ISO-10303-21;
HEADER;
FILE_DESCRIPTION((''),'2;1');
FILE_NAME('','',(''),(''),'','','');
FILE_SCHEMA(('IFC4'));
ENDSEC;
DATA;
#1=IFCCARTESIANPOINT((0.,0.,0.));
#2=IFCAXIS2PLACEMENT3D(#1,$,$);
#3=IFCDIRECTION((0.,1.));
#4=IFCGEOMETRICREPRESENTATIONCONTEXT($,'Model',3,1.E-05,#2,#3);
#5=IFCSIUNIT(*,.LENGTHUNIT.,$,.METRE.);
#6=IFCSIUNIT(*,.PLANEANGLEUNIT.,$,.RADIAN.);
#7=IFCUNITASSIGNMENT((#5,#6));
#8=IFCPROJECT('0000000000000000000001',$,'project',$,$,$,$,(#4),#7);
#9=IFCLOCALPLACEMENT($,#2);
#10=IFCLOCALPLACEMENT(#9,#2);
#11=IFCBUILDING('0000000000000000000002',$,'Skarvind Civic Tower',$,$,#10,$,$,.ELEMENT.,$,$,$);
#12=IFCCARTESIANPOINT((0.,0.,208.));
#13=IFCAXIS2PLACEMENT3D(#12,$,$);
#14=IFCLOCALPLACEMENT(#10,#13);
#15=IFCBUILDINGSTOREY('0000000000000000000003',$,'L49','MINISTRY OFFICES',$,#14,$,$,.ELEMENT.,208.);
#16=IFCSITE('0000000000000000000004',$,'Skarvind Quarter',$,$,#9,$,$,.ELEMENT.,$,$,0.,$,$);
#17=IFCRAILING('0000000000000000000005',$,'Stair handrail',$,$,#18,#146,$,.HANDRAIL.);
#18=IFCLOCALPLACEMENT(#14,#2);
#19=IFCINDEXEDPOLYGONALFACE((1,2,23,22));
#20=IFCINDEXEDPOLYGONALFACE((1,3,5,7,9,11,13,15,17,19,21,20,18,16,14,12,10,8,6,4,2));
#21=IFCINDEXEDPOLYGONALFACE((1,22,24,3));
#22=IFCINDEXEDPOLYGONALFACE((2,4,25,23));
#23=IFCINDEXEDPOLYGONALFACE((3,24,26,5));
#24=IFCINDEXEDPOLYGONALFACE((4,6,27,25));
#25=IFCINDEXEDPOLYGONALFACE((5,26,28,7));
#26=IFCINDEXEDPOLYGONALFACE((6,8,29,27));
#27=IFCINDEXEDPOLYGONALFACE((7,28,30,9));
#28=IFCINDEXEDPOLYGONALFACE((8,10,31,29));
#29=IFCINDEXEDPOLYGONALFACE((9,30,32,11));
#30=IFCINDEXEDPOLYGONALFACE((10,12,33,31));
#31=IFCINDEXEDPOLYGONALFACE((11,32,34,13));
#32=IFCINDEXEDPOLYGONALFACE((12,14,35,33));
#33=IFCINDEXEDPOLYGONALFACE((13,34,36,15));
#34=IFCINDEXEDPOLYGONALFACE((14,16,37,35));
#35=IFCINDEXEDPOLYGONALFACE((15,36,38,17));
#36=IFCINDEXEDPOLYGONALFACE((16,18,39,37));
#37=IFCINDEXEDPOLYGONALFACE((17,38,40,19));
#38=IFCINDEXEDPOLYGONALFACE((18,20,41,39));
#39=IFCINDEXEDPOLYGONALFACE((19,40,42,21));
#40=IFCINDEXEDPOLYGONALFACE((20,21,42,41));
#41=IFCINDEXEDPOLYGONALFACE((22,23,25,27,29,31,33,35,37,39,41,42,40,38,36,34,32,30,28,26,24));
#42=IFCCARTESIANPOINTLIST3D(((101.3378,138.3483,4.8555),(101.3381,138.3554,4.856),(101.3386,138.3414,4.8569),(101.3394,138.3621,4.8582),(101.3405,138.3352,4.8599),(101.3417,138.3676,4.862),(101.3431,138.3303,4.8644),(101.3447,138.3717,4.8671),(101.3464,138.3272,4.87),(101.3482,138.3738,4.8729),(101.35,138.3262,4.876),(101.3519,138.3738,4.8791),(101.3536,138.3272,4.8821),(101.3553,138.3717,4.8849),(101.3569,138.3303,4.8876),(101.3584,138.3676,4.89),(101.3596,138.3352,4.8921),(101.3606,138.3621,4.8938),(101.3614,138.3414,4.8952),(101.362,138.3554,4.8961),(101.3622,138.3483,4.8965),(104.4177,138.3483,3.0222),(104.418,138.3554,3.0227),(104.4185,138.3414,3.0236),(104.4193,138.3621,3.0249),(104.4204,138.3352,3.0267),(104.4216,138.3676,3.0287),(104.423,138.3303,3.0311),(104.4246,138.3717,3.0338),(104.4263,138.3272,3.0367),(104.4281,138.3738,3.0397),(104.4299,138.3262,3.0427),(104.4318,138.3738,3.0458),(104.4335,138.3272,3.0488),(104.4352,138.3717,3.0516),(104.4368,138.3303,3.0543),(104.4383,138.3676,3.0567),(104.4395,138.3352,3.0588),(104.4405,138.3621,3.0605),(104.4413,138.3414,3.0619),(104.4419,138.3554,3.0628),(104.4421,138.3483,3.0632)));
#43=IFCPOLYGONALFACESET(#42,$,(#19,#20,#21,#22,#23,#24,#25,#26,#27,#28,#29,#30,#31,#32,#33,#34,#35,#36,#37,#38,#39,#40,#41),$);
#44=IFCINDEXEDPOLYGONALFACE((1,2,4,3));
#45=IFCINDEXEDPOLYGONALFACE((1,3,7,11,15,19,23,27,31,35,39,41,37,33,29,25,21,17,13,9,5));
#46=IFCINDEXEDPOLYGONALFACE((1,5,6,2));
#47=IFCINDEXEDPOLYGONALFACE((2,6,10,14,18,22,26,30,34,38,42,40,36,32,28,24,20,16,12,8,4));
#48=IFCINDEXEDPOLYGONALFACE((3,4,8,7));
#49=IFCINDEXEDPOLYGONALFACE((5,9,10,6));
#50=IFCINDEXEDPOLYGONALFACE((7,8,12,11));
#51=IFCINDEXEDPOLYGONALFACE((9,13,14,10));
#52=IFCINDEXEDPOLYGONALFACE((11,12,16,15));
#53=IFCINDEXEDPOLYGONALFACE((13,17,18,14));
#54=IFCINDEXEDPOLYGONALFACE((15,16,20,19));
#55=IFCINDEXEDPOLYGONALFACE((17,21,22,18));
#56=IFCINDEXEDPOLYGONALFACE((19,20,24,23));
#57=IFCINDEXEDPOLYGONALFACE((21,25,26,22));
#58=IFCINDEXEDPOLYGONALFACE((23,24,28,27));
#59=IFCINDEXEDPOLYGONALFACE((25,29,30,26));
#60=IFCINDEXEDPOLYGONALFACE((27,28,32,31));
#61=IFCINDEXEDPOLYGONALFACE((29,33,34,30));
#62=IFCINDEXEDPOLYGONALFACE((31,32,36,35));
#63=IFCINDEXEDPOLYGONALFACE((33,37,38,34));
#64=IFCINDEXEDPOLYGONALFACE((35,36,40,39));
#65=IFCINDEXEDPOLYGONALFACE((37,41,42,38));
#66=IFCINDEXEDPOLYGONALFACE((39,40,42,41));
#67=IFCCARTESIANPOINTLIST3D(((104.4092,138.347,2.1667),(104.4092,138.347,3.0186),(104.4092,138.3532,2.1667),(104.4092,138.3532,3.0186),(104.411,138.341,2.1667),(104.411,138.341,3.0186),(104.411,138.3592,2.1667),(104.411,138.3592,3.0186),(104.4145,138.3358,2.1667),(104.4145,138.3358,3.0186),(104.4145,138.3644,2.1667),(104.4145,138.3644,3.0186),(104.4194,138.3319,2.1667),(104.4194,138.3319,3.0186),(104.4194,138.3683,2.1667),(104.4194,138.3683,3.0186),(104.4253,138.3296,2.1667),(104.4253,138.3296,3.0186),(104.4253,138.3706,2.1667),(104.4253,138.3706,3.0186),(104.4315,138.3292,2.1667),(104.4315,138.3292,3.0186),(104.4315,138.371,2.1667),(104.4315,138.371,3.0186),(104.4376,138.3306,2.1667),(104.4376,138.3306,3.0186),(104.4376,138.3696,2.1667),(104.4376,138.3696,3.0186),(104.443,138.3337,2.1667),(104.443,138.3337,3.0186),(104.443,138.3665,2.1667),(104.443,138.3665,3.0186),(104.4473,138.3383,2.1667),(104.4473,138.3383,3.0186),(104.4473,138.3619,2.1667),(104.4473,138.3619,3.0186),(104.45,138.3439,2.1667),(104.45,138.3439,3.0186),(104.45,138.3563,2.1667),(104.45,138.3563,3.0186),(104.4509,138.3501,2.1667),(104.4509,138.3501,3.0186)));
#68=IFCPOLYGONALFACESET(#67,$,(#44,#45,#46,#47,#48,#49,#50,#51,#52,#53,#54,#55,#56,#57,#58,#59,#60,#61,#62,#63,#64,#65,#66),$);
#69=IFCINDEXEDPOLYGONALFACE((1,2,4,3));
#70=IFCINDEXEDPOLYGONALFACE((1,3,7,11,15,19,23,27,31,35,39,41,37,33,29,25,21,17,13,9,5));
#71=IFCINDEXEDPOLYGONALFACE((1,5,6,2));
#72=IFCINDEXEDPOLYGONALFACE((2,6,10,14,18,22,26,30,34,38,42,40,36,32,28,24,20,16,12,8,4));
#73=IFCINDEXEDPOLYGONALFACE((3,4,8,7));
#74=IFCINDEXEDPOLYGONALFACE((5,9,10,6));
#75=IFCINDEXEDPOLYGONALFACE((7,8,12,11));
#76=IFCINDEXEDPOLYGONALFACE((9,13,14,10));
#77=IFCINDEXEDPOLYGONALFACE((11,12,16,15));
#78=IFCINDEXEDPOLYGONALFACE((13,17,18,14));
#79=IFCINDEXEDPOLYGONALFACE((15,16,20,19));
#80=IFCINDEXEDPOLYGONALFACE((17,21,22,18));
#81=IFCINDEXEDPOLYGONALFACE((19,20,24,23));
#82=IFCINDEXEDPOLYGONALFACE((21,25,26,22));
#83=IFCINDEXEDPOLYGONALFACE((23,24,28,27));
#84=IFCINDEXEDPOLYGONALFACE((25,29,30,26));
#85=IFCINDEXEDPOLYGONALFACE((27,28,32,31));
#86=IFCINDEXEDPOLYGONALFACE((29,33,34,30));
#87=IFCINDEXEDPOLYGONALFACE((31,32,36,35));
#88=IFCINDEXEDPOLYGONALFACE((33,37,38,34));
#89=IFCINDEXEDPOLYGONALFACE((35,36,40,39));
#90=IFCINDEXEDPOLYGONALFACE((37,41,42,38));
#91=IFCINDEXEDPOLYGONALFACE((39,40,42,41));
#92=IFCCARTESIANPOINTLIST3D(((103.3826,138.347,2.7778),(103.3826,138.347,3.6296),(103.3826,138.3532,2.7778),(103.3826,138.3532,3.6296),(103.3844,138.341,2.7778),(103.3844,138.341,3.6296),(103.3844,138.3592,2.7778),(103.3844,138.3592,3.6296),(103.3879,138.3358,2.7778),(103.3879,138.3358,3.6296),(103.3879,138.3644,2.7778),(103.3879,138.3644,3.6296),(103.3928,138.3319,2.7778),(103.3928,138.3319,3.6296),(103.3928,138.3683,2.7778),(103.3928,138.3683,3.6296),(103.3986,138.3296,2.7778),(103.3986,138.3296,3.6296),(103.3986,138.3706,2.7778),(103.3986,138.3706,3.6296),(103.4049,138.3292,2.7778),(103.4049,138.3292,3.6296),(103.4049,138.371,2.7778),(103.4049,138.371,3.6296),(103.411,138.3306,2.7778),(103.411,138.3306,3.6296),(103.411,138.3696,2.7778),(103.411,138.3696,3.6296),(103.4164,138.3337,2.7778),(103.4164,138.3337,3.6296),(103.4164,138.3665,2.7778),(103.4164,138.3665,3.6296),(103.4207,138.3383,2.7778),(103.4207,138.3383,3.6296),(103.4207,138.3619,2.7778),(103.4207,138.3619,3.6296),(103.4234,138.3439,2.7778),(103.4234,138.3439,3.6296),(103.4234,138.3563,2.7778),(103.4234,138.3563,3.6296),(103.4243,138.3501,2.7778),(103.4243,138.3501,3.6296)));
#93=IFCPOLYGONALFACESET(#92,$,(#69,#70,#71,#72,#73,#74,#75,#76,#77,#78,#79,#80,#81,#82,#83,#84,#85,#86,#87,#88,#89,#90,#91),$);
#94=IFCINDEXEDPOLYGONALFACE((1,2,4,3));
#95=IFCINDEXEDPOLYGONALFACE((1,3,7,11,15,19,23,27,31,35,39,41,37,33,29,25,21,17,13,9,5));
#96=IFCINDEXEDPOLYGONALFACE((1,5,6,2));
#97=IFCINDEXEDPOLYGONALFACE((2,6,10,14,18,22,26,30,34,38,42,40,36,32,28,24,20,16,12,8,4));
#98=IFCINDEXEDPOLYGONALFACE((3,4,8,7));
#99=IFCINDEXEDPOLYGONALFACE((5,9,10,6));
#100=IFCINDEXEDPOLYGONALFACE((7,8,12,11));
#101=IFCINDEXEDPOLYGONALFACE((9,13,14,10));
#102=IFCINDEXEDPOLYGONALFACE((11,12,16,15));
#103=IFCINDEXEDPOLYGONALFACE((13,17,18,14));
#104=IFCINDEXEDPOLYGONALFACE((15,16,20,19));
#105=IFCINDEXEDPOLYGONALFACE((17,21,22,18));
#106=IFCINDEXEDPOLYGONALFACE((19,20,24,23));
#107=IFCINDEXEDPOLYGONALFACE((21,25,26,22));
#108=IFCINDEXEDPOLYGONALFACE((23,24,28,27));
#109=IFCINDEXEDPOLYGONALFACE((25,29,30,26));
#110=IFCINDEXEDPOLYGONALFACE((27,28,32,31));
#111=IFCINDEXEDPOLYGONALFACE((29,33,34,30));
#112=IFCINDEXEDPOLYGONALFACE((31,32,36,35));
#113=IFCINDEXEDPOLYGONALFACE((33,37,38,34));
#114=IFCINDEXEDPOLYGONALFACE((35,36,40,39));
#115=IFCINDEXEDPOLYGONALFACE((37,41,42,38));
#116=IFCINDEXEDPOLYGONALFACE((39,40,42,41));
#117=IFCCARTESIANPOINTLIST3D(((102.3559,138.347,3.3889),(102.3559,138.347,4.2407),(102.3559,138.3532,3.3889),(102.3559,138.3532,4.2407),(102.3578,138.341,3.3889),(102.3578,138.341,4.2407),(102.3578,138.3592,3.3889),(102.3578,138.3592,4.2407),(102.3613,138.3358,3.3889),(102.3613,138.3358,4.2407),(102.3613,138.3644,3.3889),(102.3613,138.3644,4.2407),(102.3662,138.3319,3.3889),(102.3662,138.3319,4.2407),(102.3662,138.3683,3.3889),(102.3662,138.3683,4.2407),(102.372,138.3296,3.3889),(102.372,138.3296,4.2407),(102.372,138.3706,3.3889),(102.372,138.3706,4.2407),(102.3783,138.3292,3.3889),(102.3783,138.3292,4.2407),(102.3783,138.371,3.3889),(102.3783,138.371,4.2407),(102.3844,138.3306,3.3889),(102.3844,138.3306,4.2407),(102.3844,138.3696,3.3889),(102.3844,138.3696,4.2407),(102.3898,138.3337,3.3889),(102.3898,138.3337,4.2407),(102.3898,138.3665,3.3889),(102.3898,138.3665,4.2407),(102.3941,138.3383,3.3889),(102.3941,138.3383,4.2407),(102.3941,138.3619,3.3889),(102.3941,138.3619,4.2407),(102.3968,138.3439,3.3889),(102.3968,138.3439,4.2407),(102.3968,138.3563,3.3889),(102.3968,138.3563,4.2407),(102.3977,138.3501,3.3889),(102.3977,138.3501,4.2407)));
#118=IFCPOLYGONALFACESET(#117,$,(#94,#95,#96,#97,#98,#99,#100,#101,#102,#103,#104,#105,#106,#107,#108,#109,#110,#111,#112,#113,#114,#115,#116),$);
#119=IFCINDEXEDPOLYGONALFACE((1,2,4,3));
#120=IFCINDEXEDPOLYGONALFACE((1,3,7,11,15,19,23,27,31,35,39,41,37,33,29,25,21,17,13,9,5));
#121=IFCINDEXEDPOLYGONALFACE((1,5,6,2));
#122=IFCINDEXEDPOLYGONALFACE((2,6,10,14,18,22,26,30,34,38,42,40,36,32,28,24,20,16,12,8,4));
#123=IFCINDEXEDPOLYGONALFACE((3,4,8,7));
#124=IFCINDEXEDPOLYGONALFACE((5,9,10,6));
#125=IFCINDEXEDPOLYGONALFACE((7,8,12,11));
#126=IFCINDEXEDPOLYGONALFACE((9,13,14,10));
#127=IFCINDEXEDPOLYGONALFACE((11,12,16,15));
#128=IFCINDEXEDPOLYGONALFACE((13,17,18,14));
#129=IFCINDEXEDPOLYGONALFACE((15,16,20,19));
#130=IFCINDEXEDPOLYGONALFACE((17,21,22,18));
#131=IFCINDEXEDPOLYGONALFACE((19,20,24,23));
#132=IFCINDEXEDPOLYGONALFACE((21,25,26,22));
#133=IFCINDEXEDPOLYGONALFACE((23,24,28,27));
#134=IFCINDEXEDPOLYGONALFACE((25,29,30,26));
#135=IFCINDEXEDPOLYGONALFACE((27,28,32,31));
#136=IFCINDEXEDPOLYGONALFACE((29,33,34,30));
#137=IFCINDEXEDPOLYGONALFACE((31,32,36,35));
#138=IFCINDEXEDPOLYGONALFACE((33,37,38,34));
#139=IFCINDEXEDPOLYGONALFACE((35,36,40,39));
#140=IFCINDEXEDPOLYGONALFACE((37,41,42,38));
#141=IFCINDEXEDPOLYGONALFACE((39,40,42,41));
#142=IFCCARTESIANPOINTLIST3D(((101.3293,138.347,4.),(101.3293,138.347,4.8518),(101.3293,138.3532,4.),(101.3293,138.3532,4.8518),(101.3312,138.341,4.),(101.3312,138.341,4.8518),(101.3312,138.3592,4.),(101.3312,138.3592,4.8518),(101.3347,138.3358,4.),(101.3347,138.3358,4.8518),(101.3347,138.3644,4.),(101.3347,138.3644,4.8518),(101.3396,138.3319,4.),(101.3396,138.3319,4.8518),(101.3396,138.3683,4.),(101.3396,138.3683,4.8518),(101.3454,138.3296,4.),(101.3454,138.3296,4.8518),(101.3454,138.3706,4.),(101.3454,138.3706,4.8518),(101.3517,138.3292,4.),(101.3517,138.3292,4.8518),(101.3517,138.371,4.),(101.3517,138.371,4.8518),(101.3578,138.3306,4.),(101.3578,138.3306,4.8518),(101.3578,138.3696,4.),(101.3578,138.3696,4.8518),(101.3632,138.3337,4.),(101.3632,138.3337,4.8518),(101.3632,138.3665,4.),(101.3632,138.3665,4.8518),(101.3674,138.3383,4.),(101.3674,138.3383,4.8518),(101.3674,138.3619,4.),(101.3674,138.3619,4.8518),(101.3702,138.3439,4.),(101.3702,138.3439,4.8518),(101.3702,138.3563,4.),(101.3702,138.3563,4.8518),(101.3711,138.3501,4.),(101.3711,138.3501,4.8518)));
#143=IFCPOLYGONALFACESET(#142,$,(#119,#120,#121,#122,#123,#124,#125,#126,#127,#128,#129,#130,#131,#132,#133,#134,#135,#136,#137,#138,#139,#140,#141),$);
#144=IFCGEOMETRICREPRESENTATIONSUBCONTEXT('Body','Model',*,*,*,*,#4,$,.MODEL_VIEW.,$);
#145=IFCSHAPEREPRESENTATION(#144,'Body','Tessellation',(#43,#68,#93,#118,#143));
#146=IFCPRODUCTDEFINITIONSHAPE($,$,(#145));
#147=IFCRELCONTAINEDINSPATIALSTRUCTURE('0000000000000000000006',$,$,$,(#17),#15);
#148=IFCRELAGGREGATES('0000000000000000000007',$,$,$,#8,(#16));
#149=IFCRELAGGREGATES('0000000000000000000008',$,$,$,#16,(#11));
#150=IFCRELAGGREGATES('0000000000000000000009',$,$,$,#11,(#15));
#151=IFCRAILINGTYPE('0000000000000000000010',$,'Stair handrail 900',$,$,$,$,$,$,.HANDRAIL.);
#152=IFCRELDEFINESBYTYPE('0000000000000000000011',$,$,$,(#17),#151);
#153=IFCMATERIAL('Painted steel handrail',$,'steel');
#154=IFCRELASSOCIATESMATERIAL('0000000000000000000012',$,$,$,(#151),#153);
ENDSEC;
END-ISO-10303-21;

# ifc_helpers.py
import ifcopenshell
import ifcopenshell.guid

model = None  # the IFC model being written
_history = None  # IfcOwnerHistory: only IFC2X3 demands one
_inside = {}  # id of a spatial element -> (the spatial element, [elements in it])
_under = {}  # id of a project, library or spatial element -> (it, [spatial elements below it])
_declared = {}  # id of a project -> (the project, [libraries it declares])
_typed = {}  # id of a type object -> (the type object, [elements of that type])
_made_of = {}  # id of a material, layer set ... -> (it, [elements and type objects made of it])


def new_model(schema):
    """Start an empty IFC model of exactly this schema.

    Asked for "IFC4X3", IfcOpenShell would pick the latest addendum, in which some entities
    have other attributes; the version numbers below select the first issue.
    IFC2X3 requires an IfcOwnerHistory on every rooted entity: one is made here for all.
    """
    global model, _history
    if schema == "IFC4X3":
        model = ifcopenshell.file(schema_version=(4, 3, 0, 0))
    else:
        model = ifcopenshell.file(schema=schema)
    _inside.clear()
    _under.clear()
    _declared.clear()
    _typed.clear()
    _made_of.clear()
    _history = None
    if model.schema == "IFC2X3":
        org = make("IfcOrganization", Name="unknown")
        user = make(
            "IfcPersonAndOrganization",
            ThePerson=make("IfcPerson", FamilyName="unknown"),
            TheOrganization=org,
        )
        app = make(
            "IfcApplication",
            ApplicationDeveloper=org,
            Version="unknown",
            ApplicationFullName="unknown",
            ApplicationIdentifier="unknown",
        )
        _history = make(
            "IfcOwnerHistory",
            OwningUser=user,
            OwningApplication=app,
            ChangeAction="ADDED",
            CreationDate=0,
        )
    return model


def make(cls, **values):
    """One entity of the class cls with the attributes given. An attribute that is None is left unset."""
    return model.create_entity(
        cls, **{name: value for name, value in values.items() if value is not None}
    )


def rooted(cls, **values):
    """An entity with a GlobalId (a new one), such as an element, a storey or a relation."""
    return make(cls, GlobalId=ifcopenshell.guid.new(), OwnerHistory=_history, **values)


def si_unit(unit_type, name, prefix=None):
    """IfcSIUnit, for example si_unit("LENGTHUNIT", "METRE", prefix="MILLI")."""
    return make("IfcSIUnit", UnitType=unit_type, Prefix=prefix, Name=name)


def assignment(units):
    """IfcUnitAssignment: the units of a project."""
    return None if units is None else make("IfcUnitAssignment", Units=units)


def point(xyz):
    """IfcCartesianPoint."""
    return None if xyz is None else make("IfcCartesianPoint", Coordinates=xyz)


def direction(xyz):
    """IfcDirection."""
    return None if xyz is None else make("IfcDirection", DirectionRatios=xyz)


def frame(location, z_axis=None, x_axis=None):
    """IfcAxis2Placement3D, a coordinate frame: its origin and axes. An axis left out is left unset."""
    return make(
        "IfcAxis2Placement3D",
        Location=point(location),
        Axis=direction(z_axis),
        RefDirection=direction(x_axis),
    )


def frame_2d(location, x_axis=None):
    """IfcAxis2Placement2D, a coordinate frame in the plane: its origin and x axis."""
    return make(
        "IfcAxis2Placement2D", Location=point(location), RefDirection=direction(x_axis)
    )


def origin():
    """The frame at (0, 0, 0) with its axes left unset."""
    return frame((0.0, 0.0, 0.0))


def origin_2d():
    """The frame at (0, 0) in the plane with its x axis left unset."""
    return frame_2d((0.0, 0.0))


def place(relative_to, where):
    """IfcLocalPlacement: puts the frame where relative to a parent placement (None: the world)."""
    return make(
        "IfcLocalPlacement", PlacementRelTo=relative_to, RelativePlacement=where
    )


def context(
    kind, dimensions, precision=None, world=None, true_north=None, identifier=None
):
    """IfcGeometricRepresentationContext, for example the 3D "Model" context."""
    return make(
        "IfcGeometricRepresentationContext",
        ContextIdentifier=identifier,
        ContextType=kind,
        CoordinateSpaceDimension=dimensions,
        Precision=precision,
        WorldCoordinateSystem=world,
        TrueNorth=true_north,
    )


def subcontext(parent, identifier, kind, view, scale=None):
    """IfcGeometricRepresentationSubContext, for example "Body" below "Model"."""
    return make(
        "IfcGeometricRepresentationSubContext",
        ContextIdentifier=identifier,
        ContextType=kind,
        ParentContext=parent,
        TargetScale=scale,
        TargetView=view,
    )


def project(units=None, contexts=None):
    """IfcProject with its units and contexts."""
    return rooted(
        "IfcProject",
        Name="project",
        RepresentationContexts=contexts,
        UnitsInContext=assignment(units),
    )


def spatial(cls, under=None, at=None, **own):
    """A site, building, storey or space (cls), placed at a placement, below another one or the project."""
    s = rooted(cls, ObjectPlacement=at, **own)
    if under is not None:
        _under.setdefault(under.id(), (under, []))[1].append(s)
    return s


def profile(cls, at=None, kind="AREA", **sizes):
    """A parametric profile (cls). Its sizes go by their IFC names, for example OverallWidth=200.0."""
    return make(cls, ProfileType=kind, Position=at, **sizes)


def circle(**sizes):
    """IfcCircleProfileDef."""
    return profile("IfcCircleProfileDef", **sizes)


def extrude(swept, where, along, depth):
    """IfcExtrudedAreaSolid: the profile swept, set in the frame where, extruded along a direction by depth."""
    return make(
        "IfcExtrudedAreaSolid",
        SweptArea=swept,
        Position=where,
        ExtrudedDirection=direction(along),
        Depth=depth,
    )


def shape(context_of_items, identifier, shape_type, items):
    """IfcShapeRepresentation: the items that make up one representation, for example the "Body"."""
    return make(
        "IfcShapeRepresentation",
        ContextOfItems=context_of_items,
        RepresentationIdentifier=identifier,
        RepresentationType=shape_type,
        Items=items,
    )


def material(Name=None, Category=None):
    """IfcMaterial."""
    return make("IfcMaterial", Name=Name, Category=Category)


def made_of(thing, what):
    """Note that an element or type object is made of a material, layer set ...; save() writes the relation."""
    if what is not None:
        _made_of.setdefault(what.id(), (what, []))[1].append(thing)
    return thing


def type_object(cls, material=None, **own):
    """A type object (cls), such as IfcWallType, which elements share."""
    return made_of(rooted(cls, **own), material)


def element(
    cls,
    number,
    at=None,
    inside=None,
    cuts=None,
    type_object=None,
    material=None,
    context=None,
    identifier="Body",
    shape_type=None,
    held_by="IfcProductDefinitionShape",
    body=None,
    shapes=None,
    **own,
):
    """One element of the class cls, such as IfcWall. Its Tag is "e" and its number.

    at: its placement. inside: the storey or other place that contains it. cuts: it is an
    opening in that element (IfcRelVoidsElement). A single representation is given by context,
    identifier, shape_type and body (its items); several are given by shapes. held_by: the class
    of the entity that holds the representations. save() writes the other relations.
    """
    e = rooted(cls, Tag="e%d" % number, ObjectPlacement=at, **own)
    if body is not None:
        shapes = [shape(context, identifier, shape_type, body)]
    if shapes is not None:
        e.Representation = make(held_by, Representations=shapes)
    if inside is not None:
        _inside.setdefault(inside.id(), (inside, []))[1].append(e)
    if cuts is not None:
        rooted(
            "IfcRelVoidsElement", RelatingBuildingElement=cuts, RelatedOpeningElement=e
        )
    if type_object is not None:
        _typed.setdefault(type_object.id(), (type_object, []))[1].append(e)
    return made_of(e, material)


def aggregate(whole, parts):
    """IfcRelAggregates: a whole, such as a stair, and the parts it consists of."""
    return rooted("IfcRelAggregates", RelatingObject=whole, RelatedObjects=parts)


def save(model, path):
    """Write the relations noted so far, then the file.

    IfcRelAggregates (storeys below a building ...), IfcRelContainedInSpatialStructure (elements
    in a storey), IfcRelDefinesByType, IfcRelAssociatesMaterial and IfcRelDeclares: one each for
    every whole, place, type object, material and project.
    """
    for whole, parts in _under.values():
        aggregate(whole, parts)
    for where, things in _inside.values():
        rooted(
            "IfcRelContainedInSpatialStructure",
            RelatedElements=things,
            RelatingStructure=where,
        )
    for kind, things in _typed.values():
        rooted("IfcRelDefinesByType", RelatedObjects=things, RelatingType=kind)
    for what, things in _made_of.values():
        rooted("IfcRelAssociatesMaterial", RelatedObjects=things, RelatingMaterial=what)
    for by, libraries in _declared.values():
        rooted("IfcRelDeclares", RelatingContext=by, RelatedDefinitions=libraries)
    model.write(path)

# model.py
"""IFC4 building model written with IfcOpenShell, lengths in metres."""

from ifc_helpers import new_model, si_unit, direction, frame, origin, origin_2d, place, context, subcontext, project, spatial, circle, extrude, material, type_object, element, save


model = new_model("IFC4")

# Units and contexts
model_context = context("Model", 3, precision=1e-05, world=origin(), true_north=direction((0.0, 1.0)))
body_context = subcontext(model_context, "Body", "Model", "MODEL_VIEW")
ifc_project = project(units=[si_unit("LENGTHUNIT", "METRE"), si_unit("PLANEANGLEUNIT", "RADIAN")], contexts=[model_context])

# Site, building, storey
site_placement = place(None, origin())
site = spatial("IfcSite", under=ifc_project, at=site_placement, Name="Skarvind Quarter", CompositionType="ELEMENT", RefElevation=0.0)
building_placement = place(site_placement, origin())
building = spatial("IfcBuilding", under=site, at=building_placement, Name="Skarvind Civic Tower", CompositionType="ELEMENT")
storey_placement = place(building_placement, frame((0.0, 0.0, 208.0)))
storey = spatial("IfcBuildingStorey", under=building, at=storey_placement, Name="L49", Description="MINISTRY OFFICES", CompositionType="ELEMENT", Elevation=208.0)

# Railing
ifc_material_1 = material(Name="Painted steel handrail", Category="steel")
railing_type = type_object("IfcRailingType", Name="Stair handrail 900", PredefinedType="HANDRAIL", material=ifc_material_1)
railing_1_placement = place(storey_placement, frame((104.4299, 138.3501, 2.1667)))
element("IfcRailing", 1, at=railing_1_placement, inside=storey, type_object=railing_type, Name="Stair handrail", PredefinedType="HANDRAIL", context=body_context, shape_type="SweptSolid", body=[
    extrude(circle(Radius=0.0239, at=origin_2d()), frame((0.0, 0.0, 0.876), z_axis=(-0.859291, 0.0, 0.511487), x_axis=(0.0, -1.0, 0.0)), (0.0, 0.0, 1.0), 3.5842),
    extrude(circle(Radius=0.021, at=origin_2d()), origin(), (0.0, 0.0, 1.0), 0.8518),
    extrude(circle(Radius=0.021, at=origin_2d()), frame((-1.0266, 0.0, 0.6111)), (0.0, 0.0, 1.0), 0.8518),
    extrude(circle(Radius=0.021, at=origin_2d()), frame((-2.0532, 0.0, 1.2222)), (0.0, 0.0, 1.0), 0.8518),
    extrude(circle(Radius=0.021, at=origin_2d()), frame((-3.0798, 0.0, 1.8333)), (0.0, 0.0, 1.0), 0.8518),
])

save(model, "model.ifc")
